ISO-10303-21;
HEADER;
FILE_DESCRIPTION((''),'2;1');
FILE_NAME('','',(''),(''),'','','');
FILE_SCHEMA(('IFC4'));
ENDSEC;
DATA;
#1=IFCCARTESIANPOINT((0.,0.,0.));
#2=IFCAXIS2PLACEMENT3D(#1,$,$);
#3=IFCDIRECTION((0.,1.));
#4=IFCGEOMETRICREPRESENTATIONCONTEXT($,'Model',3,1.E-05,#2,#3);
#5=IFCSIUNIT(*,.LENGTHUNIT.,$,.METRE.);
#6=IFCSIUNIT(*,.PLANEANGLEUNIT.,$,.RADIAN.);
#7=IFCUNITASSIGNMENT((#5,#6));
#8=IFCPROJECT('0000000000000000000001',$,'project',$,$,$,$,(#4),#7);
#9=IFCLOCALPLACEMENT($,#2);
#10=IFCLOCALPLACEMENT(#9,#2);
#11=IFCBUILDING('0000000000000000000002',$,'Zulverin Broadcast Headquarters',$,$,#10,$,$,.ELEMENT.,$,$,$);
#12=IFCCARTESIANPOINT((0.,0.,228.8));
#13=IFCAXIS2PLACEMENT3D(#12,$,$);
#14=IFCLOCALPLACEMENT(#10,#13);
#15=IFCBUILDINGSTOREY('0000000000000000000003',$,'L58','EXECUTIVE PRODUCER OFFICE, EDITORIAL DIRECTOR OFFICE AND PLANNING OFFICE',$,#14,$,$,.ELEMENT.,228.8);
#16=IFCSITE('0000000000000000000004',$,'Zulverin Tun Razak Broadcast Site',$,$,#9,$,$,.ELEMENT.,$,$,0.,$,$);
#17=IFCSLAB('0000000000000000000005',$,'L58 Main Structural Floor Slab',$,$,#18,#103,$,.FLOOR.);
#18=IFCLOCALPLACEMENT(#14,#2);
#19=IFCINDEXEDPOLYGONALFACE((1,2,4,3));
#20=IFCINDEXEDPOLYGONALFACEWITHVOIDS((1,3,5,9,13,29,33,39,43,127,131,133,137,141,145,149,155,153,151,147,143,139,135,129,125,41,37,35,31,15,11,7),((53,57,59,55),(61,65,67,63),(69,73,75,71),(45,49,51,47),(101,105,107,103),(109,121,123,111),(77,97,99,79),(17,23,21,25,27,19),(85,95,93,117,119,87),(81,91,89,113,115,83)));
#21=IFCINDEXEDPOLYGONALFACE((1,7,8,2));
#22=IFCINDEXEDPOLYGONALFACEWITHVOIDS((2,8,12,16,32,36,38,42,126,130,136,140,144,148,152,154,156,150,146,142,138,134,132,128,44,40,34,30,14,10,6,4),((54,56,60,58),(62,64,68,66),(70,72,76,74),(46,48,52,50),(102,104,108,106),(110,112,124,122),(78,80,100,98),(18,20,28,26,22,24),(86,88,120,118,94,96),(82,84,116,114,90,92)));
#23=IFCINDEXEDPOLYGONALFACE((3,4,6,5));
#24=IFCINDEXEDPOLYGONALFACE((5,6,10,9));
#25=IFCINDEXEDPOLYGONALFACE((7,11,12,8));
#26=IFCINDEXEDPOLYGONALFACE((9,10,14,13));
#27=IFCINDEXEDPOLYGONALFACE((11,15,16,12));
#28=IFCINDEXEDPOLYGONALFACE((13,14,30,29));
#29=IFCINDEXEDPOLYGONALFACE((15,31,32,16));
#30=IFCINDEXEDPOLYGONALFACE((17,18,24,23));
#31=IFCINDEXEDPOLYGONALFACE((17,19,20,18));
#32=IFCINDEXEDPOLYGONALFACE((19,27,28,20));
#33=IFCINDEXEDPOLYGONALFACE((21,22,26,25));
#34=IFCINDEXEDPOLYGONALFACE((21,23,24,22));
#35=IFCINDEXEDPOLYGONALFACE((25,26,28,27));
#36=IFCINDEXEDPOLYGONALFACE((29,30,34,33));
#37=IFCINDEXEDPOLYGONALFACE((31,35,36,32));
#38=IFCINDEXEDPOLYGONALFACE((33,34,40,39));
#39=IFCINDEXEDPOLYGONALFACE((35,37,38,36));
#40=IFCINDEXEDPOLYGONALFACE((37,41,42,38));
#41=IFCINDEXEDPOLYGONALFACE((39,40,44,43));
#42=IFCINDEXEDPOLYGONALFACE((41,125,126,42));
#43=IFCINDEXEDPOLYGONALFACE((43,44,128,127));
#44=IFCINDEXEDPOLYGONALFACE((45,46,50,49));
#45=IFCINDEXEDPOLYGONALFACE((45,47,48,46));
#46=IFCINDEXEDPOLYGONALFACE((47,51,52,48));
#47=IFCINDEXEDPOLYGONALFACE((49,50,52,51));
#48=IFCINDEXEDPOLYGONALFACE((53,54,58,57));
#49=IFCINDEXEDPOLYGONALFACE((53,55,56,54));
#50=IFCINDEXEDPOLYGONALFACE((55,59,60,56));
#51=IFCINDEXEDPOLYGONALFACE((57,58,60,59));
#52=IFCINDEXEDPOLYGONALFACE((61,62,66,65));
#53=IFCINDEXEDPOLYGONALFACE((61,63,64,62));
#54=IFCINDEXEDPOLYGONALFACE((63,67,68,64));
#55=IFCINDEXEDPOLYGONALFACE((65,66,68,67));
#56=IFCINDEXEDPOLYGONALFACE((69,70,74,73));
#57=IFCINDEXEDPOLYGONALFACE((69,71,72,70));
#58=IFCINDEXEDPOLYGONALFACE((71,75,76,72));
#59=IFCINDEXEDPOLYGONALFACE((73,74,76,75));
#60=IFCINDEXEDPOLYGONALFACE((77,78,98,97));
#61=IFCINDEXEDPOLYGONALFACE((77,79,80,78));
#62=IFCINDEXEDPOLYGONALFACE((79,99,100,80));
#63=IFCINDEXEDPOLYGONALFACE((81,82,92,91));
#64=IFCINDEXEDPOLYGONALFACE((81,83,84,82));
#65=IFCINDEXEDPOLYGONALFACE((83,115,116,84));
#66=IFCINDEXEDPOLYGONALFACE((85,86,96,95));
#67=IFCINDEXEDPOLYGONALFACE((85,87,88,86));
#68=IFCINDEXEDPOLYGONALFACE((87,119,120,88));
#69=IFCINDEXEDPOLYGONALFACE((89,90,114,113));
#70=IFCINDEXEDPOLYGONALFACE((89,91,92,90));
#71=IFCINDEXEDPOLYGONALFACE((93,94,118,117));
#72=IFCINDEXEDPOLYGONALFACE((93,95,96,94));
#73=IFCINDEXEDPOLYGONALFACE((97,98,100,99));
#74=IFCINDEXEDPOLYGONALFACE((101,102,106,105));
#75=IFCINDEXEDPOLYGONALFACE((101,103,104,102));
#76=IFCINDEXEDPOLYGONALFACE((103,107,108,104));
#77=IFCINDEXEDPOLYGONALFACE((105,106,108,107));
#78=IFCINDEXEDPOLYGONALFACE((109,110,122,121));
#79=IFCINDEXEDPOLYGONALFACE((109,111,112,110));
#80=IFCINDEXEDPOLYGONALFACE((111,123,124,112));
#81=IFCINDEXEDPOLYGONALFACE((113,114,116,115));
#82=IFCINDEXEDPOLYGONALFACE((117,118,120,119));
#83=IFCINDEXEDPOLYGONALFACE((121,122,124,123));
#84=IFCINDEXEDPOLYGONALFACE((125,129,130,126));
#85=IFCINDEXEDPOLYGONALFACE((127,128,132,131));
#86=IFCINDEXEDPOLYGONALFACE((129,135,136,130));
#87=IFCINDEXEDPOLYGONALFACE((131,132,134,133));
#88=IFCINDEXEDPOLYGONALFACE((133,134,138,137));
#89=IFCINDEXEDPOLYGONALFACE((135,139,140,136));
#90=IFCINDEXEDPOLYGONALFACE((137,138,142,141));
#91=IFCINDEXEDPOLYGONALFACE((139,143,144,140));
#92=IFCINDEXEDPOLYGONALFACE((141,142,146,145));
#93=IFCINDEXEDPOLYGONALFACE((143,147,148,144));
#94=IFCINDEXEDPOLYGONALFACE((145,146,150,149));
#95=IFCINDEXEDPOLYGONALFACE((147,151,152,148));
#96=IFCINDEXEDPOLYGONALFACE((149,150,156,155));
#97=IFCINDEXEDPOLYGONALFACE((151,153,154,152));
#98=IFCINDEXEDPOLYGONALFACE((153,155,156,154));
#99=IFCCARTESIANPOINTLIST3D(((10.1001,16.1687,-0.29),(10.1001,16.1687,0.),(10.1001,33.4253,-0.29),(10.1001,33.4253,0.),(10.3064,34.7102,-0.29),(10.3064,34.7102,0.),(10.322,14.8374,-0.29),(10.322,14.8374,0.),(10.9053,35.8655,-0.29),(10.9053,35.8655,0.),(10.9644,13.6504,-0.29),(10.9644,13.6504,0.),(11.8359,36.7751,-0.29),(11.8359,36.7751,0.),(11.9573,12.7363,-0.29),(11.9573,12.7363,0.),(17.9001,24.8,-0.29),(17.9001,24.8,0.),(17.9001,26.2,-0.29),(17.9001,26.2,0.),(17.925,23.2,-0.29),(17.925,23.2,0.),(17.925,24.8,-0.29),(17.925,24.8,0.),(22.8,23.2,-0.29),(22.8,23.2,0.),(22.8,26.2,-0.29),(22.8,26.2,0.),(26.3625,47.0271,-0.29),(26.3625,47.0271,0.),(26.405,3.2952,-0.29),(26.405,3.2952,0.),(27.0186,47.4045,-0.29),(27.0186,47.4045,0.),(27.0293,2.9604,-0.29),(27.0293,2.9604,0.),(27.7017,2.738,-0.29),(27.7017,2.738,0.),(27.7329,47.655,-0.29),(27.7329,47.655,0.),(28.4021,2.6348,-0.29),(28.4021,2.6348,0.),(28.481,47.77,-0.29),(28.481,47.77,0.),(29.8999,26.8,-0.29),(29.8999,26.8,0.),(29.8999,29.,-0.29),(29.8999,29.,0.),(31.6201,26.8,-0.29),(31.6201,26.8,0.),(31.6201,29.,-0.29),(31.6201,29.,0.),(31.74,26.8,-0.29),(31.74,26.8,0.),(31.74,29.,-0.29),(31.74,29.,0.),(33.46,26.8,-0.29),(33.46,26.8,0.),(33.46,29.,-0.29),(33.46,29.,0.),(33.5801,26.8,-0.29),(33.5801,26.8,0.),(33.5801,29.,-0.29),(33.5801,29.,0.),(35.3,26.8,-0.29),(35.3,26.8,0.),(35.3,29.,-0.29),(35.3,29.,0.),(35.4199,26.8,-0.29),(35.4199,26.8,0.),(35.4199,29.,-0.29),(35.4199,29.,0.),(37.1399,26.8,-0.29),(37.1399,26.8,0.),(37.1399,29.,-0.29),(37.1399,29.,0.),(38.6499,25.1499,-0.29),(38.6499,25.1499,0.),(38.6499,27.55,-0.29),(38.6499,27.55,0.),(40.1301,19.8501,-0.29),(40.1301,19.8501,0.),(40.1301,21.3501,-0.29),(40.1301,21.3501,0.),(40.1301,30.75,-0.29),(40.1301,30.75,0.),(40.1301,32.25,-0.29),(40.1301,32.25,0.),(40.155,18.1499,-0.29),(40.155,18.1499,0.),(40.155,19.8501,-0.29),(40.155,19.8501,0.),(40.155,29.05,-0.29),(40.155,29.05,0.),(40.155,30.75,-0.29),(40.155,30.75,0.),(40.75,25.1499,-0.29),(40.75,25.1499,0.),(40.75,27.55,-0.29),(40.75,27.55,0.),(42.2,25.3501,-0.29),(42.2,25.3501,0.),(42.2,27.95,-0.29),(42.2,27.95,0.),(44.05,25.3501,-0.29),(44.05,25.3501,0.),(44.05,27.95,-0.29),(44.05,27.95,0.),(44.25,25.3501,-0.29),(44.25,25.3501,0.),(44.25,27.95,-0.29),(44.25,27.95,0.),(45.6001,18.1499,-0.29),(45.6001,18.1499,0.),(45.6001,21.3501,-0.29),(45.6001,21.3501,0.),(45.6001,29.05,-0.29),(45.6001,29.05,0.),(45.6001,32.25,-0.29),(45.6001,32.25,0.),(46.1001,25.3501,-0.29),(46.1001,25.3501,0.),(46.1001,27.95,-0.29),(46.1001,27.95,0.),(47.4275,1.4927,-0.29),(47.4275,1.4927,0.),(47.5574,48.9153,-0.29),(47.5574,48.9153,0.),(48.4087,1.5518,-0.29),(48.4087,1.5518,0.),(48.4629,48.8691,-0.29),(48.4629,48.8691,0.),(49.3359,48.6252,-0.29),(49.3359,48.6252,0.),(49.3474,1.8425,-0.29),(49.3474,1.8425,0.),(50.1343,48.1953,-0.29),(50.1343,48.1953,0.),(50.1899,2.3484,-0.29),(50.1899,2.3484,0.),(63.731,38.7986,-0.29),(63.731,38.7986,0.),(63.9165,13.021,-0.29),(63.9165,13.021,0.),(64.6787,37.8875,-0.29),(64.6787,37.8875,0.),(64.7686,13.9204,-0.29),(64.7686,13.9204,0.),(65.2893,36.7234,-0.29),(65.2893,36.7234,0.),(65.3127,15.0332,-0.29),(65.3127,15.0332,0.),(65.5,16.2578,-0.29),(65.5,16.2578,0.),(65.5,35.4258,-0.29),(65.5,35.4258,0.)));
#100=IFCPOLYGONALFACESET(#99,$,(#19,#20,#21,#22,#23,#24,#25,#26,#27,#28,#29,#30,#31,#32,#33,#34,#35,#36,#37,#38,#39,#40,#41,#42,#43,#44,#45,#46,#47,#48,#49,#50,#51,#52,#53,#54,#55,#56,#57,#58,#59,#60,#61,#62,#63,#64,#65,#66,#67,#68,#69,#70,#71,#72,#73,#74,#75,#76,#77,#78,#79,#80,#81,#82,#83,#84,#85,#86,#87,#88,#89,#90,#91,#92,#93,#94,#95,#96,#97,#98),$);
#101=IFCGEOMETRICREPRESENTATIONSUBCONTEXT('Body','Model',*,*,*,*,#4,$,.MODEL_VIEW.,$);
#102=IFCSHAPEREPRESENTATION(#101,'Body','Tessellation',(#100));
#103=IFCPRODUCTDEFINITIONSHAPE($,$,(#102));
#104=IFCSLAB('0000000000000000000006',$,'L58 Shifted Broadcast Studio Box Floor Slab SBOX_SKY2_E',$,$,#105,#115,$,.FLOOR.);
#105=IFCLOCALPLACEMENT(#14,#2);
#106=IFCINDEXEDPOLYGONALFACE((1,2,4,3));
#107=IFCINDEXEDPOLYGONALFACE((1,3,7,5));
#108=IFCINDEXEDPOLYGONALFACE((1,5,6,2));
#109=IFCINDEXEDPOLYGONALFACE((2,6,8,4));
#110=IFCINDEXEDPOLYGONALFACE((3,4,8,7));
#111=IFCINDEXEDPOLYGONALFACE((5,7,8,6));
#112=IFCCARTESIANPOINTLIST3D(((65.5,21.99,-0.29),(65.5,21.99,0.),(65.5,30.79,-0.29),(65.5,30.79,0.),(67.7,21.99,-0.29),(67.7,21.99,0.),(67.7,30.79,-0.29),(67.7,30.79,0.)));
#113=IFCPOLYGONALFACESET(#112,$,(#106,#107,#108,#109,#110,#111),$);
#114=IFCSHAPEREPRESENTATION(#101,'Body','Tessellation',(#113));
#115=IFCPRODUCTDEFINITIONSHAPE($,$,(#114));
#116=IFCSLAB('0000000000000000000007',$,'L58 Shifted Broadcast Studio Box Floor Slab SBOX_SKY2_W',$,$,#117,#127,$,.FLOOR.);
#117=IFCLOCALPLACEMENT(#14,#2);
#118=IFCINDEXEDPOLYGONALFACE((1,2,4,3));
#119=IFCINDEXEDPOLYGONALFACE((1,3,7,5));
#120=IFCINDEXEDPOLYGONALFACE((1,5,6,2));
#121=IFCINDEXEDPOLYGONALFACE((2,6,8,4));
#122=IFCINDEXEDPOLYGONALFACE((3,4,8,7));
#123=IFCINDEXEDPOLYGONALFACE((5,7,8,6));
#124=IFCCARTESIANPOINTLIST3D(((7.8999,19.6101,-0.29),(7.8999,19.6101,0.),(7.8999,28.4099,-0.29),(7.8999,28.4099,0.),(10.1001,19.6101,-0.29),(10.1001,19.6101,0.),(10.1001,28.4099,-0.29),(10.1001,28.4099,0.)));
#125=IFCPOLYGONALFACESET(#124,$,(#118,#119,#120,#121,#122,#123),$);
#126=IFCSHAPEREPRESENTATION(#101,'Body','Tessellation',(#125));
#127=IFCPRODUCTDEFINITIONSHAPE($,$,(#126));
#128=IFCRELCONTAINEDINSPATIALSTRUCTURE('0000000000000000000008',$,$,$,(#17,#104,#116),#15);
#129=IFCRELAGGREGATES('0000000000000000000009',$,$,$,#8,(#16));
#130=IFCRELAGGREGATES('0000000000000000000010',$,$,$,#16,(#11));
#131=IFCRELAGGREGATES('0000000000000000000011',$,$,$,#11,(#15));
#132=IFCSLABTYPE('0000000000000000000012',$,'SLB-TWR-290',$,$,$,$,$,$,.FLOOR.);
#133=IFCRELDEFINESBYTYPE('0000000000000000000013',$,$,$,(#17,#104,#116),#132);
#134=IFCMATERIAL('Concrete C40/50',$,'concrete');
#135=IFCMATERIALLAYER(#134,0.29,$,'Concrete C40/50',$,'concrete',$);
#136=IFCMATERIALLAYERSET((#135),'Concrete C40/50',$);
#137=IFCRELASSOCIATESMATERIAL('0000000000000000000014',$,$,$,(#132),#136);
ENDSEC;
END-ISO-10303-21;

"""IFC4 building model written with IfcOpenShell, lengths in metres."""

from ifc_helpers import new_model, si_unit, direction, frame, origin, place, context, subcontext, project, spatial, polyline, outline, extrude, material, layer, layer_set, type_object, element, save


model = new_model("IFC4")

# Units and contexts
model_context = context("Model", 3, precision=1e-05, world=origin(), true_north=direction((0.0, 1.0)))
body_context = subcontext(model_context, "Body", "Model", "MODEL_VIEW")
ifc_project = project(units=[si_unit("LENGTHUNIT", "METRE"), si_unit("PLANEANGLEUNIT", "RADIAN")], contexts=[model_context])

# Site, building, storey
site_placement = place(None, origin())
site = spatial("IfcSite", under=ifc_project, at=site_placement, Name="Zulverin Tun Razak Broadcast Site", CompositionType="ELEMENT", RefElevation=0.0)
building_placement = place(site_placement, origin())
building = spatial("IfcBuilding", under=site, at=building_placement, Name="Zulverin Broadcast Headquarters", CompositionType="ELEMENT")
storey_placement = place(building_placement, frame((0.0, 0.0, 228.8)))
storey = spatial("IfcBuildingStorey", under=building, at=storey_placement, Name="L58", Description="EXECUTIVE PRODUCER OFFICE, EDITORIAL DIRECTOR OFFICE AND PLANNING OFFICE", CompositionType="ELEMENT", Elevation=228.8)

# Shared definitions
ifc_material_1 = material(Name="Concrete C40/50", Category="concrete")

# Slabs
ifc_layer_1 = layer(ifc_material_1, 0.29, Name="Concrete C40/50", Category="concrete")
ifc_layer_set_1 = layer_set([ifc_layer_1], Name="Concrete C40/50")
slab_type_1 = type_object("IfcSlabType", Name="SLB-TWR-290", PredefinedType="FLOOR", material=ifc_layer_set_1)
slab_1_placement = place(storey_placement, frame((0.0, 0.0, -0.29)))
element("IfcSlab", 1, at=slab_1_placement, inside=storey, type_object=slab_type_1, Name="L58 Main Structural Floor Slab", PredefinedType="FLOOR", context=body_context, shape_type="SweptSolid", body=[
    extrude(outline(polyline([(26.405, 3.2952), (27.0293, 2.9604), (27.7017, 2.738), (28.4021, 2.6348), (47.4275, 1.4927), (48.4087, 1.5518), (49.3474, 1.8425), (50.1899, 2.3484), (63.9165, 13.021), (64.7686, 13.9204), (65.3127, 15.0332), (65.5, 16.2578), (65.5, 35.4258), (65.2893, 36.7234), (64.6787, 37.8875), (63.731, 38.7986), (50.1343, 48.1953), (49.3359, 48.6252), (48.4629, 48.8691), (47.5574, 48.9153), (28.481, 47.77), (27.7329, 47.655), (27.0186, 47.4045), (26.3625, 47.0271), (11.8359, 36.7751), (10.9053, 35.8655), (10.3064, 34.7102), (10.1001, 33.4253), (10.1001, 16.1687), (10.322, 14.8374), (10.9644, 13.6504), (11.9573, 12.7363), (26.405, 3.2952)]), holes=[polyline([(40.155, 30.75), (40.1301, 30.75), (40.1301, 32.25), (45.6001, 32.25), (45.6001, 29.05), (40.155, 29.05), (40.155, 30.75)]), polyline([(40.155, 19.8501), (40.1301, 19.8501), (40.1301, 21.3501), (45.6001, 21.3501), (45.6001, 18.1499), (40.155, 18.1499), (40.155, 19.8501)]), polyline([(17.925, 24.8), (17.9001, 24.8), (17.9001, 26.2), (22.8, 26.2), (22.8, 23.2), (17.925, 23.2), (17.925, 24.8)]), polyline([(29.8999, 26.8), (31.6201, 26.8), (31.6201, 29.0), (29.8999, 29.0), (29.8999, 26.8)]), polyline([(31.74, 26.8), (33.46, 26.8), (33.46, 29.0), (31.74, 29.0), (31.74, 26.8)]), polyline([(33.5801, 26.8), (35.3, 26.8), (35.3, 29.0), (33.5801, 29.0), (33.5801, 26.8)]), polyline([(35.4199, 26.8), (37.1399, 26.8), (37.1399, 29.0), (35.4199, 29.0), (35.4199, 26.8)]), polyline([(42.2, 25.3501), (44.05, 25.3501), (44.05, 27.95), (42.2, 27.95), (42.2, 25.3501)]), polyline([(44.25, 25.3501), (46.1001, 25.3501), (46.1001, 27.95), (44.25, 27.95), (44.25, 25.3501)]), polyline([(38.6499, 25.1499), (40.75, 25.1499), (40.75, 27.55), (38.6499, 27.55), (38.6499, 25.1499)])]), origin(), (0.0, 0.0, 1.0), 0.29),
])
slab_2_placement = place(storey_placement, frame((0.0, 0.0, -0.29)))
element("IfcSlab", 2, at=slab_2_placement, inside=storey, type_object=slab_type_1, Name="L58 Shifted Broadcast Studio Box Floor Slab SBOX_SKY2_E", PredefinedType="FLOOR", context=body_context, shape_type="SweptSolid", body=[
    extrude(outline(polyline([(65.5, 21.99), (67.7, 21.99), (67.7, 30.79), (65.5, 30.79), (65.5, 21.99)])), origin(), (0.0, 0.0, 1.0), 0.29),
])
slab_3_placement = place(storey_placement, frame((0.0, 0.0, -0.29)))
element("IfcSlab", 3, at=slab_3_placement, inside=storey, type_object=slab_type_1, Name="L58 Shifted Broadcast Studio Box Floor Slab SBOX_SKY2_W", PredefinedType="FLOOR", context=body_context, shape_type="SweptSolid", body=[
    extrude(outline(polyline([(7.8999, 19.6101), (10.1001, 19.6101), (10.1001, 28.4099), (7.8999, 28.4099), (7.8999, 19.6101)])), origin(), (0.0, 0.0, 1.0), 0.29),
])

save(model, "model.ifc")
